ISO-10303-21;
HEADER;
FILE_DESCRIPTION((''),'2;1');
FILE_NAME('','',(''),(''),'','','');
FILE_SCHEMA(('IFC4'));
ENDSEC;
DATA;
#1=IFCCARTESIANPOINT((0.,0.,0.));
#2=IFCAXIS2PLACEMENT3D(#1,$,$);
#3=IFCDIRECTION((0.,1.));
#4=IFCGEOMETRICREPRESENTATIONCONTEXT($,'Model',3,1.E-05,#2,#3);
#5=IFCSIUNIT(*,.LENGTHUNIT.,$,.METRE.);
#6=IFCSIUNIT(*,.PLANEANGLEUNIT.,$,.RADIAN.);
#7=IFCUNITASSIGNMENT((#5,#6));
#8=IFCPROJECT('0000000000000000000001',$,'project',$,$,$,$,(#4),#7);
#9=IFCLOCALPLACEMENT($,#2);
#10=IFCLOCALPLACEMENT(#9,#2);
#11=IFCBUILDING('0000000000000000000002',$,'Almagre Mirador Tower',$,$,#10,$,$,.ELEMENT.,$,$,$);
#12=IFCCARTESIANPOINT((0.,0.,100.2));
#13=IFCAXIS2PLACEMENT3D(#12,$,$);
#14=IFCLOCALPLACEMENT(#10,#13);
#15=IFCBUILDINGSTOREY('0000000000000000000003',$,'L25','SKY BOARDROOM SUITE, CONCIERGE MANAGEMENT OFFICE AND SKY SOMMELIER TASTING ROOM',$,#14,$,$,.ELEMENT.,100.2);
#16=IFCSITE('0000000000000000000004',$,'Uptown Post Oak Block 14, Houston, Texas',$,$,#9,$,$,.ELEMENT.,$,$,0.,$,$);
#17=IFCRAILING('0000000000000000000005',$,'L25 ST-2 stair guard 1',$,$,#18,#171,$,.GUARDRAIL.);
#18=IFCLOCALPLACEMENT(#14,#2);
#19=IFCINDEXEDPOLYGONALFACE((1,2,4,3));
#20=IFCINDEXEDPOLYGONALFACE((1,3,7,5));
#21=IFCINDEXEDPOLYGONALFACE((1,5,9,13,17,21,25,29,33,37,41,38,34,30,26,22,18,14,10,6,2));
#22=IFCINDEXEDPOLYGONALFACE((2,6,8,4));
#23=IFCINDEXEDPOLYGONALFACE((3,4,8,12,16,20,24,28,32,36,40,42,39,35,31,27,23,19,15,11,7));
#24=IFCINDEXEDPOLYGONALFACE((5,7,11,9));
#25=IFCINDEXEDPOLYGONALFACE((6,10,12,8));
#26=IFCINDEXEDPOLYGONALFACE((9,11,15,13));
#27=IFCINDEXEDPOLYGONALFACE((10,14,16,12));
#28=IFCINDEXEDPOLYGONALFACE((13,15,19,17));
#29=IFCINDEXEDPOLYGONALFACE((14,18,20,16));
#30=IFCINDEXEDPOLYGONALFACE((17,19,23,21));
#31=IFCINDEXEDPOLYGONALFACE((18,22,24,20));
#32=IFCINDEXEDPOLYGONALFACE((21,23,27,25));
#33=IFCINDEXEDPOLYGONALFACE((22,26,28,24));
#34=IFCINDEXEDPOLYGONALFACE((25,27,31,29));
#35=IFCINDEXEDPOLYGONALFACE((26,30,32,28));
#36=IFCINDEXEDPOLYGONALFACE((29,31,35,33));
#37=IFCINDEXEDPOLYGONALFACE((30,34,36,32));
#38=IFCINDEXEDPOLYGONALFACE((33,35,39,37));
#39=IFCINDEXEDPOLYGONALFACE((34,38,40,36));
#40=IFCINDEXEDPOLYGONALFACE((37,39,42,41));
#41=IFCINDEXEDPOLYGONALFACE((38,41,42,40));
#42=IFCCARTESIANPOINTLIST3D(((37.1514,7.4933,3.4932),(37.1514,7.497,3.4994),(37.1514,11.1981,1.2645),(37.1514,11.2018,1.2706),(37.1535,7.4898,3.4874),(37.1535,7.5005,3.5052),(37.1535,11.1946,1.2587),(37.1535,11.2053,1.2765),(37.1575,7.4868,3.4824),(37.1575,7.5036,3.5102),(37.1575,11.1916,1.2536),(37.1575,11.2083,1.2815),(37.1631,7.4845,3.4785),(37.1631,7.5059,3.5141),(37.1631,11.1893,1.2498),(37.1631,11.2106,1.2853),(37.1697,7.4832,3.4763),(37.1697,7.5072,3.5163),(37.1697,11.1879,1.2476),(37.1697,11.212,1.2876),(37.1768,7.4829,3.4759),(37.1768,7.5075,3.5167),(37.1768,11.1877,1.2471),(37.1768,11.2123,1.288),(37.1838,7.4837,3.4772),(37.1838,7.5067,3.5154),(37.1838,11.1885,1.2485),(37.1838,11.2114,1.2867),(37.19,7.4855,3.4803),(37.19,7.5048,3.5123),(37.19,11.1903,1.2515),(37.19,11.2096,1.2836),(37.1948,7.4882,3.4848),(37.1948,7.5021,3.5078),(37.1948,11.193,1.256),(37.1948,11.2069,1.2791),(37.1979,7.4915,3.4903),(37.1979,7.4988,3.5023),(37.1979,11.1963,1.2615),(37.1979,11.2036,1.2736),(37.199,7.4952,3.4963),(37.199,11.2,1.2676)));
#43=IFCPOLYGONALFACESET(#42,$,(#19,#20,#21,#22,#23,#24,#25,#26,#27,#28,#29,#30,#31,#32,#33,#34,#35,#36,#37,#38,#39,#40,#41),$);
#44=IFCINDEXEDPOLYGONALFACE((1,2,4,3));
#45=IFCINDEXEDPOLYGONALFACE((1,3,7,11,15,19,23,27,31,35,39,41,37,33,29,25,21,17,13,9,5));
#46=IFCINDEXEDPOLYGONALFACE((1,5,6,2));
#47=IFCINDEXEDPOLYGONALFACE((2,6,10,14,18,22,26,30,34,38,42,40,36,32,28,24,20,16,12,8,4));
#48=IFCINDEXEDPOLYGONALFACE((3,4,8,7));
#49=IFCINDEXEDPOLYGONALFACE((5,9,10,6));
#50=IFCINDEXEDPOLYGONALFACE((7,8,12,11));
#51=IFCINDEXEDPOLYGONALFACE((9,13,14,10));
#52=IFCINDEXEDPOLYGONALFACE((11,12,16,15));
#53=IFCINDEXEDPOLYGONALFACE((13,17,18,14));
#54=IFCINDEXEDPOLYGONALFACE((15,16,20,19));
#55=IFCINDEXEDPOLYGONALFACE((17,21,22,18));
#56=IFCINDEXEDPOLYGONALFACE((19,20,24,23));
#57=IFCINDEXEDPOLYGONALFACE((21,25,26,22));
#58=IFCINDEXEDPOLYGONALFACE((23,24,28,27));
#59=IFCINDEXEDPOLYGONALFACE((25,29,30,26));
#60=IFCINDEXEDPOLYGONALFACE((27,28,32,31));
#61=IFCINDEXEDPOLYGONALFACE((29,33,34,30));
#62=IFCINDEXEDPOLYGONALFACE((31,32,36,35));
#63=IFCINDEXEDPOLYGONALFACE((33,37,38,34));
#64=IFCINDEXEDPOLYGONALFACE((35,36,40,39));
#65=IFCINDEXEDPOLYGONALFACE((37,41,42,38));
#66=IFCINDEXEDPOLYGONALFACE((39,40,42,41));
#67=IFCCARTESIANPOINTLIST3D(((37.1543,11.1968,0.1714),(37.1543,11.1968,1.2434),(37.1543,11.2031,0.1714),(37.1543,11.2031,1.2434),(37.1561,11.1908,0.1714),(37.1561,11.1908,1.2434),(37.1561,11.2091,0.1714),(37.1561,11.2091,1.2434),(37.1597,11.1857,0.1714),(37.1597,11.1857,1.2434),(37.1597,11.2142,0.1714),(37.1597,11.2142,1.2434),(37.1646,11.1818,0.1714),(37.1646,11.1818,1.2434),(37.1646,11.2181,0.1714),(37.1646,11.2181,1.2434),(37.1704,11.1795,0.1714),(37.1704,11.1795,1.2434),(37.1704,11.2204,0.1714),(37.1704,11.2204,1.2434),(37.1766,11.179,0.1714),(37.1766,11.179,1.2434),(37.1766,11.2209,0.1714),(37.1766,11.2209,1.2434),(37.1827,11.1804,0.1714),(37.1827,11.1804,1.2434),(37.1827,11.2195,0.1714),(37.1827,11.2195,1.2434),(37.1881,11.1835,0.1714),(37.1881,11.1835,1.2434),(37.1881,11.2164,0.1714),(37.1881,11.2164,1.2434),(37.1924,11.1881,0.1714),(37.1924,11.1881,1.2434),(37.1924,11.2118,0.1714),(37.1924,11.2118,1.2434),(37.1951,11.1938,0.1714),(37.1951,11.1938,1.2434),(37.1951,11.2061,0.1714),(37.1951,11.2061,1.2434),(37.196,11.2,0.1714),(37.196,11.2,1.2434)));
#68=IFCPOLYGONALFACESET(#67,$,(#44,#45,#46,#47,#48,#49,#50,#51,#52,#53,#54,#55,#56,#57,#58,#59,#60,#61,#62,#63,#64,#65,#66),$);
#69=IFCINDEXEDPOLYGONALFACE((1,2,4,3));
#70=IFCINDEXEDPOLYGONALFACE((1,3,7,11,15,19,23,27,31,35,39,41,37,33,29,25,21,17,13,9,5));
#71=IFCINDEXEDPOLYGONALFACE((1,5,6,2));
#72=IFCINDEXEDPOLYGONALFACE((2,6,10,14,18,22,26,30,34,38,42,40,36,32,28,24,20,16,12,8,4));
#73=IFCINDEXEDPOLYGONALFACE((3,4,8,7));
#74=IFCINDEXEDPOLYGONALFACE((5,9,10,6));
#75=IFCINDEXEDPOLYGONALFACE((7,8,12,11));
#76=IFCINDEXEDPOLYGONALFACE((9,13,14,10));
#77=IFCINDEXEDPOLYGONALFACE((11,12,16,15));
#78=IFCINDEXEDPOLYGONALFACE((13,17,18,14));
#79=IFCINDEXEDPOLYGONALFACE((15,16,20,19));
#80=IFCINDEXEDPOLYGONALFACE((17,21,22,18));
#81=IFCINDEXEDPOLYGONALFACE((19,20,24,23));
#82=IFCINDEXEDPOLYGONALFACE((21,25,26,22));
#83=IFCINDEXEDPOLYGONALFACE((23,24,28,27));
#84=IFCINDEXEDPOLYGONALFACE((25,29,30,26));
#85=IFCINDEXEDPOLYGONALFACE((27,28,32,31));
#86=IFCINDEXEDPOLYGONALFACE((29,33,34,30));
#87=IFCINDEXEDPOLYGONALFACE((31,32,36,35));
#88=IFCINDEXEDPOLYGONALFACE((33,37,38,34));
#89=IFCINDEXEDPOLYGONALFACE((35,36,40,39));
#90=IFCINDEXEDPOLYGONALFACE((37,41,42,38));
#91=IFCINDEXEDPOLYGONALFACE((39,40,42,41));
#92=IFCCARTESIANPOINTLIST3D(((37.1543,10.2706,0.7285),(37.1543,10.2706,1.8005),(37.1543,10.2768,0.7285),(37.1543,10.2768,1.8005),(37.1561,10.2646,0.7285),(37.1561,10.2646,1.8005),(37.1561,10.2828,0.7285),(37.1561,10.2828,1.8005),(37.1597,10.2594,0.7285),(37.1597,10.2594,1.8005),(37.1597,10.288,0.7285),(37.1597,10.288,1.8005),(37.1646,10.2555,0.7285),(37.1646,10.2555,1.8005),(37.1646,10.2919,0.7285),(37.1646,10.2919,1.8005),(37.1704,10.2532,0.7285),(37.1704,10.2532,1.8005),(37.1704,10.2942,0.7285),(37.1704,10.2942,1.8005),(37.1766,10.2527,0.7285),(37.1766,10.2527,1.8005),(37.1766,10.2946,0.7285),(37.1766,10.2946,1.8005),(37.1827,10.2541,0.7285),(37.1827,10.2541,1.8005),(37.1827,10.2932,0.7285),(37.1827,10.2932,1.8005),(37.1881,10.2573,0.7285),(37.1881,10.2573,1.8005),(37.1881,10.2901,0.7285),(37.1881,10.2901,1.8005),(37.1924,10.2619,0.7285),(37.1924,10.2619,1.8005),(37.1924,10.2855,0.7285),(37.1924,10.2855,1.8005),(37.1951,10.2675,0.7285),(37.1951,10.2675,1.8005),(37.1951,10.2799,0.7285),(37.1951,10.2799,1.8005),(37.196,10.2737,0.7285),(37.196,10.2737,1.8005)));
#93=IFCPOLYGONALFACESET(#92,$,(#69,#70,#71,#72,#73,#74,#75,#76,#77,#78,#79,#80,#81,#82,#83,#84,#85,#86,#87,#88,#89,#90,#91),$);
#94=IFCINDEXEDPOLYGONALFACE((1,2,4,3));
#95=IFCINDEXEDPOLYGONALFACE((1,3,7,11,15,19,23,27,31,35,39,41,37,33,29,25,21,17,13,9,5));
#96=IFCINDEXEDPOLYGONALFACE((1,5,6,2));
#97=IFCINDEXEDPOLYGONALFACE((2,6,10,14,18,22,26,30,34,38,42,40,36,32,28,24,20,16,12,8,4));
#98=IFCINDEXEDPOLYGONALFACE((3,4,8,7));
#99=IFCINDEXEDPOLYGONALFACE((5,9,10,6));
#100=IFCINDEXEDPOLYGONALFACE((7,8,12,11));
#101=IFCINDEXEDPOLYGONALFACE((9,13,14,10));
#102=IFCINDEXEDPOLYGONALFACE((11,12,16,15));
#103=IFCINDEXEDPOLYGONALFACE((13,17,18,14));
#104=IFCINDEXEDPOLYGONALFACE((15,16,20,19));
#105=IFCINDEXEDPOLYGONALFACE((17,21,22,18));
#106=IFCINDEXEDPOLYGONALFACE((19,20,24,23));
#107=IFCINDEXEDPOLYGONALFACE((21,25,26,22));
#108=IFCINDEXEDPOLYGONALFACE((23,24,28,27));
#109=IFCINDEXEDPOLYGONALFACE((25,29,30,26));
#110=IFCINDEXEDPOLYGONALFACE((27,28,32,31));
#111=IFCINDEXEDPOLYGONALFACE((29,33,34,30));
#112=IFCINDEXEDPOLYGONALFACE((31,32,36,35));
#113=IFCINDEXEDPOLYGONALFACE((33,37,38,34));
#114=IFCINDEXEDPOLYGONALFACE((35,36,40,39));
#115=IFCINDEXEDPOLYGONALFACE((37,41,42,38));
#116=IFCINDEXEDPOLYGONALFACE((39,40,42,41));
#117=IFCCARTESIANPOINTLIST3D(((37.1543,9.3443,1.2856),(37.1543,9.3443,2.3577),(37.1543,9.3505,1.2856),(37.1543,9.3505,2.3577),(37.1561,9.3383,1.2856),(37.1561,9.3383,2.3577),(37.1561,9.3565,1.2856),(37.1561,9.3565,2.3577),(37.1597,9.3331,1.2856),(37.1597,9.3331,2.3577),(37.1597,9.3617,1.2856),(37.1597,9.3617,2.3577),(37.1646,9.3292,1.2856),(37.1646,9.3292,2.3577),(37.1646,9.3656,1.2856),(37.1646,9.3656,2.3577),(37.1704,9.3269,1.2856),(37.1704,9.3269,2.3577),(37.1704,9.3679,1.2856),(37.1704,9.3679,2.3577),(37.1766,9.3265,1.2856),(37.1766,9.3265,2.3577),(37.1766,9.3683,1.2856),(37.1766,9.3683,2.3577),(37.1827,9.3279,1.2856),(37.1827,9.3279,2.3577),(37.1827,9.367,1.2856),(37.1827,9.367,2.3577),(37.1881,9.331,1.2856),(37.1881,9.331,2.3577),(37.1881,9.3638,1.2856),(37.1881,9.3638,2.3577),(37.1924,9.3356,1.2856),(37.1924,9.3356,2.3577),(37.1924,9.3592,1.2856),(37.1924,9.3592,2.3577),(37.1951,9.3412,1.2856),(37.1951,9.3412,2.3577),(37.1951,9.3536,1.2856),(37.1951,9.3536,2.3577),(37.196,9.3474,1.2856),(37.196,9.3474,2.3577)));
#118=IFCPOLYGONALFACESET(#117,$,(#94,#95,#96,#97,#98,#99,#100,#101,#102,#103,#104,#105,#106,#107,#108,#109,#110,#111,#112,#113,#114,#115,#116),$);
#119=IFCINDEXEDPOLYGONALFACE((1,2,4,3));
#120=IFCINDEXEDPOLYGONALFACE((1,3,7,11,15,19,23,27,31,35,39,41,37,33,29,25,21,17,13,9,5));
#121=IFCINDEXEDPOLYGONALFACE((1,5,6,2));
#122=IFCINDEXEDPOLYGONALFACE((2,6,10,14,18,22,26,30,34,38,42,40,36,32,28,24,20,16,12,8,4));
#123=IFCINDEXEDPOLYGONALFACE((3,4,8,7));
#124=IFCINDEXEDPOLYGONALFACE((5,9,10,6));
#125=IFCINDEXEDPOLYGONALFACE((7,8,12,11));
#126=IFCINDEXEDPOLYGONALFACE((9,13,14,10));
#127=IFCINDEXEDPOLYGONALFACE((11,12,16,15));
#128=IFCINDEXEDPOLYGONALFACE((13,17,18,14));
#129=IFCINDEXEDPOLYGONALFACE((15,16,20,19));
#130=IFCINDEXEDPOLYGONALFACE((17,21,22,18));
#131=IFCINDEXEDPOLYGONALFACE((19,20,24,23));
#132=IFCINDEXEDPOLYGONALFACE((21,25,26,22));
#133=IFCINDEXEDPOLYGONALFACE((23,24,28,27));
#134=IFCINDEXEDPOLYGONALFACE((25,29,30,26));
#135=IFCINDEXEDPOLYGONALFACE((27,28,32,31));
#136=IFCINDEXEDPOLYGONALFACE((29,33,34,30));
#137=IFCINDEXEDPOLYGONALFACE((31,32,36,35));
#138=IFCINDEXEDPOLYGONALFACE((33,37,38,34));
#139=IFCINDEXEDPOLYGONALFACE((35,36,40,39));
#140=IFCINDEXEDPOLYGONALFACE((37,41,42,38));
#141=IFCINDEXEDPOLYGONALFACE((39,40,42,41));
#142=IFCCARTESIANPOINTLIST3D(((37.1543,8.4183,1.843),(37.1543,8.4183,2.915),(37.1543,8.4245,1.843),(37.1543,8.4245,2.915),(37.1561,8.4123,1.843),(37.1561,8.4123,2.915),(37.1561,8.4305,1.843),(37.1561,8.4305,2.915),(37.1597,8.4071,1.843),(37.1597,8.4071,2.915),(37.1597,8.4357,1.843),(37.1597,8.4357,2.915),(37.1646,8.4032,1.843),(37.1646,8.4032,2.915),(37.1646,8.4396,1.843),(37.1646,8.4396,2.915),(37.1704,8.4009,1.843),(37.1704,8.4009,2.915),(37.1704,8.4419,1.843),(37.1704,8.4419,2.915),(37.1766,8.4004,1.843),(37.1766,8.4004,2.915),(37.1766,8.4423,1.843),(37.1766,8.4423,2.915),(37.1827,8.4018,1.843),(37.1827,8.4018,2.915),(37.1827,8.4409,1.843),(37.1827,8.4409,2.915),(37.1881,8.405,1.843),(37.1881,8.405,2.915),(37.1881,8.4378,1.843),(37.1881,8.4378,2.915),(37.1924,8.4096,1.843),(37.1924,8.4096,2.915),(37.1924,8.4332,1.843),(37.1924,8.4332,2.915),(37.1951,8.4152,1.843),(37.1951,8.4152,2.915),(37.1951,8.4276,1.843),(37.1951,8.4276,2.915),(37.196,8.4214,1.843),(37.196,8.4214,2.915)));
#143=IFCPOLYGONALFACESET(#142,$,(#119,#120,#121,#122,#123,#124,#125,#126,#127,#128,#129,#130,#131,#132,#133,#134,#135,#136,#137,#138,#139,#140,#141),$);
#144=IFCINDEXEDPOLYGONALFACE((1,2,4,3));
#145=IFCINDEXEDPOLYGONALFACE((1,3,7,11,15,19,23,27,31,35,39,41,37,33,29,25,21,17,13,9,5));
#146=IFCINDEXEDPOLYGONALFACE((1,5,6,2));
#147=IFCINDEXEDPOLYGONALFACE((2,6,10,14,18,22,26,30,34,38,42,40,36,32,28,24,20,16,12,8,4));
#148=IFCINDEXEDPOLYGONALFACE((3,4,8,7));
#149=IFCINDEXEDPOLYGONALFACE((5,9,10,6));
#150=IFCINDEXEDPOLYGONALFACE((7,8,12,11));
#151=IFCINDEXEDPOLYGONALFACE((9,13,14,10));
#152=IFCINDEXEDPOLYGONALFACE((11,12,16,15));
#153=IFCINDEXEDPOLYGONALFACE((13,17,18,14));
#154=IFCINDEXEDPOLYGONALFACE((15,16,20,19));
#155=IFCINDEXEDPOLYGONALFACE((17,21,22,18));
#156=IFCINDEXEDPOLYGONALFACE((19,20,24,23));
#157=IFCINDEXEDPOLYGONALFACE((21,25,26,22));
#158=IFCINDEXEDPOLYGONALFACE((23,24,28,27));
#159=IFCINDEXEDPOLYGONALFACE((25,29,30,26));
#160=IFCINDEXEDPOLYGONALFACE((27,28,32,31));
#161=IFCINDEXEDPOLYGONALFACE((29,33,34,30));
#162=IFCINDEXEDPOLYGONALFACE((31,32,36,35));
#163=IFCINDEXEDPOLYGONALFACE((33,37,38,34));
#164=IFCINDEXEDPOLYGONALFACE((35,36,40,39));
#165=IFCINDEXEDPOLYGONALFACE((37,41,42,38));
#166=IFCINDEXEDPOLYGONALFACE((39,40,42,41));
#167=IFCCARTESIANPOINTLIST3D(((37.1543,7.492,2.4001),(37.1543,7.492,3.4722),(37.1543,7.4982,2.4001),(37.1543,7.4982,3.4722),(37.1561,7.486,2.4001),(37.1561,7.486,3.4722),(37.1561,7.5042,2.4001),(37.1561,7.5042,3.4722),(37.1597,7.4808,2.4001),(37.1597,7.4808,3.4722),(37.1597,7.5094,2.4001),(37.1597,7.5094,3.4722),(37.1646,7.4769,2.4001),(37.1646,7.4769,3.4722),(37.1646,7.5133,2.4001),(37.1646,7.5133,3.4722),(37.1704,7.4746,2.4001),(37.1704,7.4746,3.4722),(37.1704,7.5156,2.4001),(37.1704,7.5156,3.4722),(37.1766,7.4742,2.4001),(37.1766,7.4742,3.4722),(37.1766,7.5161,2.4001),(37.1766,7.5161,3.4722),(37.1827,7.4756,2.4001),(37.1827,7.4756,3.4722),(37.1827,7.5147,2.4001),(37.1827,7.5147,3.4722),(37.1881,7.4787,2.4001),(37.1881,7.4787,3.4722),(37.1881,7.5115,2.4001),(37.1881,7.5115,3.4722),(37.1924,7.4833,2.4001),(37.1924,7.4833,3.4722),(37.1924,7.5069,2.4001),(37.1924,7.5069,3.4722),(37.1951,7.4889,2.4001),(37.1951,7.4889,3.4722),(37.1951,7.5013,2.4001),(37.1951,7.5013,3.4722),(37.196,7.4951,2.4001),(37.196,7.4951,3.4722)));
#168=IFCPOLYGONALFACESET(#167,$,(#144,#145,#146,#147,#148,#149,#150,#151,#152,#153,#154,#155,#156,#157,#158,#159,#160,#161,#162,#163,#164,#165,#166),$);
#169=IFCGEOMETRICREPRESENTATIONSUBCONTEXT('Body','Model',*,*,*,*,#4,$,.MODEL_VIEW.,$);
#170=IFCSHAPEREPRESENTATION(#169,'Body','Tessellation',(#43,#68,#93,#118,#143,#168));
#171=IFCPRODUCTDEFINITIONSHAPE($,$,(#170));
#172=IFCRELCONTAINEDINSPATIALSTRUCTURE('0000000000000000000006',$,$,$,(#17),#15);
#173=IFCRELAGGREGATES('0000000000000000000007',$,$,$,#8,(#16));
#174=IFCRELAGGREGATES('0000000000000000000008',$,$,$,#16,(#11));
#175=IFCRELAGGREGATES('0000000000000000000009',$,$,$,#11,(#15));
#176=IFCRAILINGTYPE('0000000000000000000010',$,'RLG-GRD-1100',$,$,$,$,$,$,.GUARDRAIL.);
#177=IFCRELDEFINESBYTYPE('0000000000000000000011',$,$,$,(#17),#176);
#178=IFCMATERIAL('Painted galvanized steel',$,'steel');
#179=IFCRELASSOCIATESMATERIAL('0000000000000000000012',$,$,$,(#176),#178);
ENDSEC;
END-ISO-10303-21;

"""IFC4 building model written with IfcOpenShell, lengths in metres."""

from ifc_helpers import new_model, si_unit, direction, frame, origin, origin_2d, place, context, subcontext, project, spatial, circle, extrude, material, type_object, element, save


model = new_model("IFC4")

# Units and contexts
model_context = context("Model", 3, precision=1e-05, world=origin(), true_north=direction((0.0, 1.0)))
body_context = subcontext(model_context, "Body", "Model", "MODEL_VIEW")
ifc_project = project(units=[si_unit("LENGTHUNIT", "METRE"), si_unit("PLANEANGLEUNIT", "RADIAN")], contexts=[model_context])

# Site, building, storey
site_placement = place(None, origin())
site = spatial("IfcSite", under=ifc_project, at=site_placement, Name="Uptown Post Oak Block 14, Houston, Texas", CompositionType="ELEMENT", RefElevation=0.0)
building_placement = place(site_placement, origin())
building = spatial("IfcBuilding", under=site, at=building_placement, Name="Almagre Mirador Tower", CompositionType="ELEMENT")
storey_placement = place(building_placement, frame((0.0, 0.0, 100.2)))
storey = spatial("IfcBuildingStorey", under=building, at=storey_placement, Name="L25", Description="SKY BOARDROOM SUITE, CONCIERGE MANAGEMENT OFFICE AND SKY SOMMELIER TASTING ROOM", CompositionType="ELEMENT", Elevation=100.2)

# Railing
ifc_material_1 = material(Name="Painted galvanized steel", Category="steel")
railing_type_1 = type_object("IfcRailingType", Name="RLG-GRD-1100", PredefinedType="GUARDRAIL", material=ifc_material_1)
railing_1_placement = place(storey_placement, frame((37.175, 11.2, 0.1714)))
element("IfcRailing", 1, at=railing_1_placement, inside=storey, type_object=railing_type_1, Name="L25 ST-2 stair guard 1", PredefinedType="GUARDRAIL", context=body_context, shape_type="SweptSolid", body=[
    extrude(circle(Radius=0.0239, at=origin_2d()), frame((0.0, 0.0, 1.0962), z_axis=(0.0, -0.856894, 0.515492), x_axis=(1.0, 0.0, 0.0)), (0.0, 0.0, 1.0), 4.3235),
    extrude(circle(Radius=0.021, at=origin_2d()), origin(), (0.0, 0.0, 1.0), 1.072),
    extrude(circle(Radius=0.021, at=origin_2d()), frame((0.0, -0.9263, 0.5571)), (0.0, 0.0, 1.0), 1.072),
    extrude(circle(Radius=0.021, at=origin_2d()), frame((0.0, -1.8525, 1.1143)), (0.0, 0.0, 1.0), 1.072),
    extrude(circle(Radius=0.021, at=origin_2d()), frame((0.0, -2.7786, 1.6716)), (0.0, 0.0, 1.0), 1.072),
    extrude(circle(Radius=0.021, at=origin_2d()), frame((0.0, -3.7048, 2.2288)), (0.0, 0.0, 1.0), 1.072),
])

save(model, "model.ifc")
